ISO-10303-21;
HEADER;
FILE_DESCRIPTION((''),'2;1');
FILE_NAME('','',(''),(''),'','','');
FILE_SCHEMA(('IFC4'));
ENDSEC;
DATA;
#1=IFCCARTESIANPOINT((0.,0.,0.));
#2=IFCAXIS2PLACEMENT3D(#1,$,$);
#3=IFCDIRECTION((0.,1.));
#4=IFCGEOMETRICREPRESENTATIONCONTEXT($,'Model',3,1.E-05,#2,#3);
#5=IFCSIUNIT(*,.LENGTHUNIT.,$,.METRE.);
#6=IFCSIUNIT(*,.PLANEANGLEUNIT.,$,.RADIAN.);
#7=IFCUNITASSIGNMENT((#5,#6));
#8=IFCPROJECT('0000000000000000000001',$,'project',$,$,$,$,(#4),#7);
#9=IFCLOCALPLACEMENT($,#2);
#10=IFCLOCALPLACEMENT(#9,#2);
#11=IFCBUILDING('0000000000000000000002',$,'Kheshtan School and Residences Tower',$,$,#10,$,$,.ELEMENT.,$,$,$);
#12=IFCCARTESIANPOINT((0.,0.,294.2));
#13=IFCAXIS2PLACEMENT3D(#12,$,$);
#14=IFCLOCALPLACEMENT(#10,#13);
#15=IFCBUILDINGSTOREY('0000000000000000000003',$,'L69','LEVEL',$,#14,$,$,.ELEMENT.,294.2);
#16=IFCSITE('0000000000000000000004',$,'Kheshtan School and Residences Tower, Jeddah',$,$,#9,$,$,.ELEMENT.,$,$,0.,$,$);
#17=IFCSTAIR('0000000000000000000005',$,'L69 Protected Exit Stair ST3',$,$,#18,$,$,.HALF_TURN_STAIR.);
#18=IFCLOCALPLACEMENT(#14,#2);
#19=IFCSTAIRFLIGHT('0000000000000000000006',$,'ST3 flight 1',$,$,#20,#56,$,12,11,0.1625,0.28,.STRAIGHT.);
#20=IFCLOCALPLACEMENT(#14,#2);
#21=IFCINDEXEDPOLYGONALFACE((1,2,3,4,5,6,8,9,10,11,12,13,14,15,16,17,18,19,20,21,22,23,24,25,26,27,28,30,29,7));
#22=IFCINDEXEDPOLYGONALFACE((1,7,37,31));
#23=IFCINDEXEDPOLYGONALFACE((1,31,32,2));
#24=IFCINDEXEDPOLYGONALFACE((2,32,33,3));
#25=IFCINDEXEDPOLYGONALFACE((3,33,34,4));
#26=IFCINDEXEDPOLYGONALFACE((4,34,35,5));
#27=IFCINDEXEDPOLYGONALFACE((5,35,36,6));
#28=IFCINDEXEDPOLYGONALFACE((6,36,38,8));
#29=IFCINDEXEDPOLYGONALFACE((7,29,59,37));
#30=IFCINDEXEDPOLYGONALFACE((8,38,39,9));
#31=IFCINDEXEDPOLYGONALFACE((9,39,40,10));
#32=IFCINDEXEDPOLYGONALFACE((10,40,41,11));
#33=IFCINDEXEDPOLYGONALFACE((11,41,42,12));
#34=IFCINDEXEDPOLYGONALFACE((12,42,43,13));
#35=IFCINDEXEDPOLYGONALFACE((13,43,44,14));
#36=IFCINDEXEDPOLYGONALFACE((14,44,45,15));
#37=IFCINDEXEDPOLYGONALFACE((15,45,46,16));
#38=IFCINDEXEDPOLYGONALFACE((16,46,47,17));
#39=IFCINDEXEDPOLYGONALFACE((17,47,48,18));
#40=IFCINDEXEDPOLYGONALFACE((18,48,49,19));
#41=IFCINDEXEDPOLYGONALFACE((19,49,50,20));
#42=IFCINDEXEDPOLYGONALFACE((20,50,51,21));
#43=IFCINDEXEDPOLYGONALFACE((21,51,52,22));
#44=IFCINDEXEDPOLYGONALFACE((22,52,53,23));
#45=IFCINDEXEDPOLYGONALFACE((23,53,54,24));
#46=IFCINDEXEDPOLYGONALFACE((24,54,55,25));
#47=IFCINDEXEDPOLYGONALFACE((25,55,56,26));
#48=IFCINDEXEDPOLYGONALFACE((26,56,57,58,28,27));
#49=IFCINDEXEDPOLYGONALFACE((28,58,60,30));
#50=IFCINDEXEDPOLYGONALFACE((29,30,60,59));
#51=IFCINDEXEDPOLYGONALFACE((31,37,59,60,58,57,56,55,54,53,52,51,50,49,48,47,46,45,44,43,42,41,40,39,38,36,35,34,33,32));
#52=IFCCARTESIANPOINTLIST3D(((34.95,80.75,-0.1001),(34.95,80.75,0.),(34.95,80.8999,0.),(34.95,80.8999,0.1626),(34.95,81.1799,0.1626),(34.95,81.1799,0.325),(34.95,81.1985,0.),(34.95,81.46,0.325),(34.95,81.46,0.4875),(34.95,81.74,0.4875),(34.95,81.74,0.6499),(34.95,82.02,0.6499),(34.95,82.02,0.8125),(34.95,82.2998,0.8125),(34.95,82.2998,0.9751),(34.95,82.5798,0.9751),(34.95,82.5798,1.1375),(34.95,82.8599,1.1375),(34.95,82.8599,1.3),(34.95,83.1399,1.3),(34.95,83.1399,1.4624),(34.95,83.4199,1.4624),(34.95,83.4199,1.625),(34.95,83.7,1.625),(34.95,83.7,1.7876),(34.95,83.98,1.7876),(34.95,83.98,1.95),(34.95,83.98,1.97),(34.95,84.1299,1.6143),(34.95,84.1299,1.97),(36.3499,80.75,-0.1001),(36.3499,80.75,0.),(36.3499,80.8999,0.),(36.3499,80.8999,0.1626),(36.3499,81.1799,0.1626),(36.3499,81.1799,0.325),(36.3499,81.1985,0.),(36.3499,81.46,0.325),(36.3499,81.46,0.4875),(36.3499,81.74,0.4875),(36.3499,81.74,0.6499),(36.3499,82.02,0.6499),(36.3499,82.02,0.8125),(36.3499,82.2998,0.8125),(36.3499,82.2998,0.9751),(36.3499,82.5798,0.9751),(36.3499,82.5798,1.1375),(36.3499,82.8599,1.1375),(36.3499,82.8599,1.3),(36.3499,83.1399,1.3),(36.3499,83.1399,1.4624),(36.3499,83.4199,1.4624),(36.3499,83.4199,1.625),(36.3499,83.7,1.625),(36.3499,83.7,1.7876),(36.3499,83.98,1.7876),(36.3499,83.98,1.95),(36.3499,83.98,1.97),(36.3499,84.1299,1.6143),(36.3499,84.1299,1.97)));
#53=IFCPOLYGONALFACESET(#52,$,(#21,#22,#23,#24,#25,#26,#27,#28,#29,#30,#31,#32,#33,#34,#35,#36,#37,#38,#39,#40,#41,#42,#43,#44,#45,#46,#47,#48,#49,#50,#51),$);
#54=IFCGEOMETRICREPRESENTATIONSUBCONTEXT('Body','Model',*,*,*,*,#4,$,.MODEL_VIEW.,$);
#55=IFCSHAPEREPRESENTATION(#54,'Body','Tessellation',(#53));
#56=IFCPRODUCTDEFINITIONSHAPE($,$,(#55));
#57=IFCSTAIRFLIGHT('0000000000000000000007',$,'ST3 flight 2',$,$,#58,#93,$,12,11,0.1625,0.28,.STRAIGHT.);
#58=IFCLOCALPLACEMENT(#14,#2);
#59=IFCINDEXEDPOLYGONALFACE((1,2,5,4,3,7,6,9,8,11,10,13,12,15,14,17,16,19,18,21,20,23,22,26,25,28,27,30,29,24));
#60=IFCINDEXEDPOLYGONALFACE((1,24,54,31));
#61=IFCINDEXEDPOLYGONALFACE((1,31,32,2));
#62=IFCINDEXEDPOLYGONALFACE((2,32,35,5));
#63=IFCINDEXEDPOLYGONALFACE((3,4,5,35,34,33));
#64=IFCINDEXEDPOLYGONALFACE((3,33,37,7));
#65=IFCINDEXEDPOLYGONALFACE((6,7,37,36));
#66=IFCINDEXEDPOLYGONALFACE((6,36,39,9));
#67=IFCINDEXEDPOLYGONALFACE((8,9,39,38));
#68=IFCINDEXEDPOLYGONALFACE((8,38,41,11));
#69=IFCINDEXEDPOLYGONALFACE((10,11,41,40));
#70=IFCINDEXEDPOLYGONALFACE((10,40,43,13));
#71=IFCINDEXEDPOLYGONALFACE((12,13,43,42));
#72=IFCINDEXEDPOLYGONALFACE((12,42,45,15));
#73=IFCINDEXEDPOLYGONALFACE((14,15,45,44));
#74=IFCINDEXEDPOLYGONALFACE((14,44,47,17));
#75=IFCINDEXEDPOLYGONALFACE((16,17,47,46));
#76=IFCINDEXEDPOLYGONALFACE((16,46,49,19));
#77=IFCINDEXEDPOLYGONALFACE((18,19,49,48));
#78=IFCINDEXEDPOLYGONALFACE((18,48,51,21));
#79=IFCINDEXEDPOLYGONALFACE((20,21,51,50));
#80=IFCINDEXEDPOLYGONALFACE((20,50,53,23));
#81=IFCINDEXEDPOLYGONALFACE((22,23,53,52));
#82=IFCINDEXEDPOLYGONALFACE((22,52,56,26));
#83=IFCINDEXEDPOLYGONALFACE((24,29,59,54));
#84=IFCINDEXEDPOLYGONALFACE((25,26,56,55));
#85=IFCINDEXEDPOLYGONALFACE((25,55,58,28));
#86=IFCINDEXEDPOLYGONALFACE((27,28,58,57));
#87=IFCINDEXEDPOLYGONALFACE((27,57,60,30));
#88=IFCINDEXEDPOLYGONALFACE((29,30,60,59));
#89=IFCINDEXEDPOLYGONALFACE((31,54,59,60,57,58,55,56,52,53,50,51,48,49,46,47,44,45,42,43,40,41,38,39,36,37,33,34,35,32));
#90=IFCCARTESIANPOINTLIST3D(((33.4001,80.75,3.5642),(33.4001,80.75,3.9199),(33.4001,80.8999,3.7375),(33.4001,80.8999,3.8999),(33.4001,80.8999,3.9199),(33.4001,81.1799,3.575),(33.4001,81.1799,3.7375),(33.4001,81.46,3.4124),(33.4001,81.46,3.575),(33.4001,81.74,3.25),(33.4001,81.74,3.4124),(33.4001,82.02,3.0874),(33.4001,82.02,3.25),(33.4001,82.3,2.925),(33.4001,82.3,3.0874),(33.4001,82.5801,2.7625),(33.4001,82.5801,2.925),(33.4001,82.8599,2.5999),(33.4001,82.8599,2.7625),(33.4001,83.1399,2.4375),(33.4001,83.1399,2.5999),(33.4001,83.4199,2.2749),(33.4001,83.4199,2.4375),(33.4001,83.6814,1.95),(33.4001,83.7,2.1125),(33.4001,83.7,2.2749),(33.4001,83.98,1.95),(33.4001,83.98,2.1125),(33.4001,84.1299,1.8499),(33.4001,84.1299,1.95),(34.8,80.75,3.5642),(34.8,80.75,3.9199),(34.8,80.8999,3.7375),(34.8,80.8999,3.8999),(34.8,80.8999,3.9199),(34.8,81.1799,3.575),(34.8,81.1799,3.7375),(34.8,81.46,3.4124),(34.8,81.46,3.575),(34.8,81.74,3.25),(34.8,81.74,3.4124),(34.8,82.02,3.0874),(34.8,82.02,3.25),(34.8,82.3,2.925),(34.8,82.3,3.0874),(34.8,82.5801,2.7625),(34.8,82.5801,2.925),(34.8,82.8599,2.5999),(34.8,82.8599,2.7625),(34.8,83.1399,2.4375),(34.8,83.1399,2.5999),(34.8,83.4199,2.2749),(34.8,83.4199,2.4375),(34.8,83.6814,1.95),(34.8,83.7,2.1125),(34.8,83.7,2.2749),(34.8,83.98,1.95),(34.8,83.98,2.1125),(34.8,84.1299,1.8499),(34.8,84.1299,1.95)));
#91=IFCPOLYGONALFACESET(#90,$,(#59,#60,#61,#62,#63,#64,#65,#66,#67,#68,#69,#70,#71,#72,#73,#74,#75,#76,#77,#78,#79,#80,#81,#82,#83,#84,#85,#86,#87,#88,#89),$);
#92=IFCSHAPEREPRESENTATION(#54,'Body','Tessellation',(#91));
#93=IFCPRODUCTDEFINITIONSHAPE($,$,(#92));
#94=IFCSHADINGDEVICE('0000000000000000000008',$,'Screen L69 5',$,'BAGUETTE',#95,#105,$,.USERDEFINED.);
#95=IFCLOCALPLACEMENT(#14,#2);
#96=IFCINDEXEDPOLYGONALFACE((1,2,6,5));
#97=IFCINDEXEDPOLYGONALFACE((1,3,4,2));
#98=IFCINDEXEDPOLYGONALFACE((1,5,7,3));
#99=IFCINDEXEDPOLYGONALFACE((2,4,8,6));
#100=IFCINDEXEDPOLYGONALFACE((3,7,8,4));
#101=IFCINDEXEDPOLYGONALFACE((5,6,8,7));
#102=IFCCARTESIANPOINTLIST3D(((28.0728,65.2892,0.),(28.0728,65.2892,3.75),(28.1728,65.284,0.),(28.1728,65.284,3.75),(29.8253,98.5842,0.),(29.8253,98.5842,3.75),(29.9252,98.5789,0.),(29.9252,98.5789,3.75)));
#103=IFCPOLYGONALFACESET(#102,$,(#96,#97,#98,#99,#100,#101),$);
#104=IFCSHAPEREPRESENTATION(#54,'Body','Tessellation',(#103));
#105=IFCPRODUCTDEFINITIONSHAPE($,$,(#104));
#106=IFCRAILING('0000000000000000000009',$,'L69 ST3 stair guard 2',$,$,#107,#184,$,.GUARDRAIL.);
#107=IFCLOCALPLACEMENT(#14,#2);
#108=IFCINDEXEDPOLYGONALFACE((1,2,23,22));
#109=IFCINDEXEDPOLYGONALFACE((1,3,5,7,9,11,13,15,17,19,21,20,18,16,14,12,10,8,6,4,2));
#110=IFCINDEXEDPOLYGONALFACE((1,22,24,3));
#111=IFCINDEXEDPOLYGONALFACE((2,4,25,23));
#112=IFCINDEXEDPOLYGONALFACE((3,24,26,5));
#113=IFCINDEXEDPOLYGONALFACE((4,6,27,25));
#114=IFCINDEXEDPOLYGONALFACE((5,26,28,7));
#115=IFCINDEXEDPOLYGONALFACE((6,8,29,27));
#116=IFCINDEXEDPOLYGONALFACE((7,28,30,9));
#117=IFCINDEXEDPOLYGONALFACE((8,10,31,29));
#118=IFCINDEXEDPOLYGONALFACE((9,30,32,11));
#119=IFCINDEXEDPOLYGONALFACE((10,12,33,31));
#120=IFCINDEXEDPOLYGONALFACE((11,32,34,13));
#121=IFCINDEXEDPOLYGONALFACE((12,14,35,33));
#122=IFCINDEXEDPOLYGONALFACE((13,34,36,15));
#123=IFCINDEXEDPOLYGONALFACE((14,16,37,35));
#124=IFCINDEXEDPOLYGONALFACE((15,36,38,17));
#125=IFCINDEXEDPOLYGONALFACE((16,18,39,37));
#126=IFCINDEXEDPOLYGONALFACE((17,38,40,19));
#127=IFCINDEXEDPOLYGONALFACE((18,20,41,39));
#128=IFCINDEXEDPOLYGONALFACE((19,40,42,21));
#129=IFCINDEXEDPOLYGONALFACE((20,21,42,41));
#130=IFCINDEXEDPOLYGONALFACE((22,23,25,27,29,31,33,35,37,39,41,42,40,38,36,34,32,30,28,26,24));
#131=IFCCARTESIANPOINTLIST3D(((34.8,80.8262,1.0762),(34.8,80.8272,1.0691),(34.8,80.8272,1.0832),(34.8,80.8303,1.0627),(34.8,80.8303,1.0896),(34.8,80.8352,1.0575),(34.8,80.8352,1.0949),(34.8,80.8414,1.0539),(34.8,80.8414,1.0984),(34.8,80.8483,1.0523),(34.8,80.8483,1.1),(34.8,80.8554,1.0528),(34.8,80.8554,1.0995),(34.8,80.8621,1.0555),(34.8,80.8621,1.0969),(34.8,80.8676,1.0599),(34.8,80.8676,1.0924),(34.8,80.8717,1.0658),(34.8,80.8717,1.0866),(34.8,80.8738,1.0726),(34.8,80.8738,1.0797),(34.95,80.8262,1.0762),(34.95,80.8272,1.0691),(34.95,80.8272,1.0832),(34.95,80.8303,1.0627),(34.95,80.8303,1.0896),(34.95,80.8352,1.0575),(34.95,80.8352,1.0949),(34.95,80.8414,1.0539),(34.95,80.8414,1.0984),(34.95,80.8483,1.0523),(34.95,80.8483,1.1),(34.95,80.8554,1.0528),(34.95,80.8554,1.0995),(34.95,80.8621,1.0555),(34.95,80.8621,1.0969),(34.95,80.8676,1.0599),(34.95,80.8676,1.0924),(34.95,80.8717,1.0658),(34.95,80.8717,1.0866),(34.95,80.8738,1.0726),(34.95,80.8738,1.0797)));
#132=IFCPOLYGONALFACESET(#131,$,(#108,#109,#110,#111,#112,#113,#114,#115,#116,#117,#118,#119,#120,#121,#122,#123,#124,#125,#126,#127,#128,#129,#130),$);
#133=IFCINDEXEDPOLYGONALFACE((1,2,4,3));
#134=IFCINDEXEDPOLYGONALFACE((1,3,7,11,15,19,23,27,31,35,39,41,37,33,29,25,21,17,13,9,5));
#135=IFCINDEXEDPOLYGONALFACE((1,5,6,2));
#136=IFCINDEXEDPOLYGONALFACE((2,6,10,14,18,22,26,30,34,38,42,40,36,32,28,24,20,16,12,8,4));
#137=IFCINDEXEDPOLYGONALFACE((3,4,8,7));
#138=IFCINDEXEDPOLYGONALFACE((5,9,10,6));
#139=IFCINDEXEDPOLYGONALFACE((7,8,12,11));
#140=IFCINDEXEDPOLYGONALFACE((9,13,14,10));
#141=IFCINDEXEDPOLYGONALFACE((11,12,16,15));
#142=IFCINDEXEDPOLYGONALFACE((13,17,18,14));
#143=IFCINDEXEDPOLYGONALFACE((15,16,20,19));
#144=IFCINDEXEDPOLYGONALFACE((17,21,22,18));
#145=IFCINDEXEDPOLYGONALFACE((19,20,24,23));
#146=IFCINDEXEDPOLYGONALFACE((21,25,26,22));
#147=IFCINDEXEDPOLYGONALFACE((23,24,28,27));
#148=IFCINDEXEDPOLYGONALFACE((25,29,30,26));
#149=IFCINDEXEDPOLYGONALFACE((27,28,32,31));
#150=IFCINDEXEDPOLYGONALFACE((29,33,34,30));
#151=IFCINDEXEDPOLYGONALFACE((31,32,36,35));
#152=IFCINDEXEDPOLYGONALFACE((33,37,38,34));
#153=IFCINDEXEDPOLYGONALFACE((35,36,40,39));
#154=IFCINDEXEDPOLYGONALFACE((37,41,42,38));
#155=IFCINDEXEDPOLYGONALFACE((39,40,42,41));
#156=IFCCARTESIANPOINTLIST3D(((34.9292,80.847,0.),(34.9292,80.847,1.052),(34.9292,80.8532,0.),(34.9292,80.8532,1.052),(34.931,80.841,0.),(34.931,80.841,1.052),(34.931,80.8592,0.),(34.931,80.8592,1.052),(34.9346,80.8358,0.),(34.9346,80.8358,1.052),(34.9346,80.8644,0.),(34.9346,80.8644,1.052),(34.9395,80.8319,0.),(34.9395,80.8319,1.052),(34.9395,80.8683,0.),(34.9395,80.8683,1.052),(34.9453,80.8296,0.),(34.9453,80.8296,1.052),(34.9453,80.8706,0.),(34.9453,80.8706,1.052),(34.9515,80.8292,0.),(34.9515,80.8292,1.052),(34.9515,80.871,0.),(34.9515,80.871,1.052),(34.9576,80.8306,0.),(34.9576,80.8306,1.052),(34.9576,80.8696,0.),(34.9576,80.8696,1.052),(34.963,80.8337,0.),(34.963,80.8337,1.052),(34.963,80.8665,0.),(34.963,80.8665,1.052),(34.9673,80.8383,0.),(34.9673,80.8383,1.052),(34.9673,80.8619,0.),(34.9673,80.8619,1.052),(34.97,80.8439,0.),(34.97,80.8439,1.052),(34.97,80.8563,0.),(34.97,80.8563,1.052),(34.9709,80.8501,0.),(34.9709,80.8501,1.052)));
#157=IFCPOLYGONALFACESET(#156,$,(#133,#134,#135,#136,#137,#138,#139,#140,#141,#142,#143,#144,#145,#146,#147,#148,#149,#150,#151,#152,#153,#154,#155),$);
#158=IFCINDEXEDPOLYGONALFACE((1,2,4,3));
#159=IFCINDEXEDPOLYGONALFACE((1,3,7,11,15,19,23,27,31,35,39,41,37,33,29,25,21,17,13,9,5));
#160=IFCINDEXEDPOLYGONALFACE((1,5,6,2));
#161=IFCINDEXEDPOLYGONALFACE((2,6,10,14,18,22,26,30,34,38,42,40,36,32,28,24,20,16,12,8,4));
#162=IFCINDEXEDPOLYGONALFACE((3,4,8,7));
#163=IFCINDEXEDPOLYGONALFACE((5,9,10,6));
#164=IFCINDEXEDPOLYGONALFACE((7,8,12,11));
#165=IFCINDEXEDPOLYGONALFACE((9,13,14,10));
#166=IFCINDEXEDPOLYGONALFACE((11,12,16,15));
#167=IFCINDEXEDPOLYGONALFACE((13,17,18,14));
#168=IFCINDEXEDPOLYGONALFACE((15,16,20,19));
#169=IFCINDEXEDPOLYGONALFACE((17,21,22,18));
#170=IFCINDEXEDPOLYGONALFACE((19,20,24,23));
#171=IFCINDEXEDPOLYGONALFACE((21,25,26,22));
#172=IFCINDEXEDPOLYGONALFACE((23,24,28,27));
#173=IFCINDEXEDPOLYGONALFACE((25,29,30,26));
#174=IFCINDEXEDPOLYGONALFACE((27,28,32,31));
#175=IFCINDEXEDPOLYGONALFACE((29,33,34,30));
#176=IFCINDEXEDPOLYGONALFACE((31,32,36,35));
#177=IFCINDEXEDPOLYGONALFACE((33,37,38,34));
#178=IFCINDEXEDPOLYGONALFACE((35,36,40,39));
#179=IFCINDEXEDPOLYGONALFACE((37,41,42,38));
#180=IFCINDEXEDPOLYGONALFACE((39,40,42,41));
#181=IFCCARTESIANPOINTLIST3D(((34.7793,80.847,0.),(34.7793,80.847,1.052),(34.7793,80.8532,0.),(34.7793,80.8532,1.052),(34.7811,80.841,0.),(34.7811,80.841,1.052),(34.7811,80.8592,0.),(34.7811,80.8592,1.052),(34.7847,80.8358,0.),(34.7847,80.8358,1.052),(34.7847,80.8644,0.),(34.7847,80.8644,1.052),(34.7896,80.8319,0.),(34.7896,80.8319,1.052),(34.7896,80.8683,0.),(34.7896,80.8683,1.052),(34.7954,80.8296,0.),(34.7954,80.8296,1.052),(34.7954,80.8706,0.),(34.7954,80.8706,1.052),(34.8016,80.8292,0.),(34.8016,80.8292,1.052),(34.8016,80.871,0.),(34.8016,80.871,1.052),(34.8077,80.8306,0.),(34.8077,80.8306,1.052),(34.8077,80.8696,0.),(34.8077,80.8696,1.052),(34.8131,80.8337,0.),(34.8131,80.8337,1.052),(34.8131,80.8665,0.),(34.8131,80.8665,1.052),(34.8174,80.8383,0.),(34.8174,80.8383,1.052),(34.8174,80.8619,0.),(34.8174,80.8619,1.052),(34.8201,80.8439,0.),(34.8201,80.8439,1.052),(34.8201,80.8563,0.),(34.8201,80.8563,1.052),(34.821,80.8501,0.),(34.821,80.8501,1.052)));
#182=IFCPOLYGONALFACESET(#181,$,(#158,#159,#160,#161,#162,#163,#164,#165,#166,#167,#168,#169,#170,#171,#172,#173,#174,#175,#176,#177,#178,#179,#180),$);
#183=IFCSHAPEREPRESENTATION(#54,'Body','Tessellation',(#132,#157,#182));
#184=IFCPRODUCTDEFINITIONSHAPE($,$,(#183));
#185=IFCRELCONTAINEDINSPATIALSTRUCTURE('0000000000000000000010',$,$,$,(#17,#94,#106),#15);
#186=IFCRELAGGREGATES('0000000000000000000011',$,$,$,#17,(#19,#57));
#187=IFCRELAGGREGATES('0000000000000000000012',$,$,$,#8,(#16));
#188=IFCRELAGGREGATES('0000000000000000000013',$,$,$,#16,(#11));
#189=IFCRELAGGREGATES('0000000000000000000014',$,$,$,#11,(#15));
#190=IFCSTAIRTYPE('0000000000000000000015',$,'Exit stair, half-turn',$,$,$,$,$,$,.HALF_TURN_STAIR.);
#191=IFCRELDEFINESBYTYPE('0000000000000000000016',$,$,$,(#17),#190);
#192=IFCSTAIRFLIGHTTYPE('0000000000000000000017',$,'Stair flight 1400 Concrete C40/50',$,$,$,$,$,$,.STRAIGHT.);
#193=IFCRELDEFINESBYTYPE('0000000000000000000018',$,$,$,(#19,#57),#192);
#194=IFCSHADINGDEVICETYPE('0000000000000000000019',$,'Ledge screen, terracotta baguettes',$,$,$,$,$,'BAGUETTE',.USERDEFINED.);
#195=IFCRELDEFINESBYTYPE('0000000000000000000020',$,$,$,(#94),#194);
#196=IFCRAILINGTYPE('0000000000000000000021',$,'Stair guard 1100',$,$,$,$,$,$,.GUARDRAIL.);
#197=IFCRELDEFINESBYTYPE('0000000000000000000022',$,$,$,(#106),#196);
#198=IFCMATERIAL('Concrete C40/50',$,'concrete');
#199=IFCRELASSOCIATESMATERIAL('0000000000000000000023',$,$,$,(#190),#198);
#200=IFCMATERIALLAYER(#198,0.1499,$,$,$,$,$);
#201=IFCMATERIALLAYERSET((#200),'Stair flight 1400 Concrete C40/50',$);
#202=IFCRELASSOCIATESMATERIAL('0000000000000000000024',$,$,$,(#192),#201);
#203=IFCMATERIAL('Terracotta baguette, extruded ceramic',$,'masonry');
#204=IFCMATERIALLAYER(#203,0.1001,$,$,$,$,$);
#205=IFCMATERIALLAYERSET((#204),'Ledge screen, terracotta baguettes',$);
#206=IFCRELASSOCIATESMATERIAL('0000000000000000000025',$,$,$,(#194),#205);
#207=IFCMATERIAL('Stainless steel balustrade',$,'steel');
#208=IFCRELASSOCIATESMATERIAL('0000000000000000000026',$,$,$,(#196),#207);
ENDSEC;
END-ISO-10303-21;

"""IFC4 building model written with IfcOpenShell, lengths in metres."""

from ifc_helpers import new_model, si_unit, direction, frame, origin, origin_2d, place, context, subcontext, project, spatial, polyline, rectangle, circle, outline, extrude, material, layer, layer_set, type_object, element, aggregate, save


model = new_model("IFC4")

# Units and contexts
model_context = context("Model", 3, precision=1e-05, world=origin(), true_north=direction((0.0, 1.0)))
body_context = subcontext(model_context, "Body", "Model", "MODEL_VIEW")
ifc_project = project(units=[si_unit("LENGTHUNIT", "METRE"), si_unit("PLANEANGLEUNIT", "RADIAN")], contexts=[model_context])

# Site, building, storey
site_placement = place(None, origin())
site = spatial("IfcSite", under=ifc_project, at=site_placement, Name="Kheshtan School and Residences Tower, Jeddah", CompositionType="ELEMENT", RefElevation=0.0)
building_placement = place(site_placement, origin())
building = spatial("IfcBuilding", under=site, at=building_placement, Name="Kheshtan School and Residences Tower", CompositionType="ELEMENT")
storey_placement = place(building_placement, frame((0.0, 0.0, 294.2)))
storey = spatial("IfcBuildingStorey", under=building, at=storey_placement, Name="L69", Description="LEVEL", CompositionType="ELEMENT", Elevation=294.2)

# Shared definitions
ifc_material_1 = material(Name="Concrete C40/50", Category="concrete")

# Stair, stair flights
stair_type = type_object("IfcStairType", Name="Exit stair, half-turn", PredefinedType="HALF_TURN_STAIR", material=ifc_material_1)
stair_placement = place(storey_placement, origin())
stair = element("IfcStair", 1, at=stair_placement, inside=storey, type_object=stair_type, Name="L69 Protected Exit Stair ST3", PredefinedType="HALF_TURN_STAIR")
ifc_layer_1 = layer(ifc_material_1, 0.1499)
ifc_layer_set_1 = layer_set([ifc_layer_1], Name="Stair flight 1400 Concrete C40/50")
stair_flight_type = type_object("IfcStairFlightType", Name="Stair flight 1400 Concrete C40/50", PredefinedType="STRAIGHT", material=ifc_layer_set_1)
stair_flight_1_placement = place(storey_placement, frame((35.6499, 80.8999, 0.0), z_axis=(0.0, 0.0, 1.0), x_axis=(0.0, 1.0, 0.0)))
stair_flight_1 = element("IfcStairFlight", 2, at=stair_flight_1_placement, type_object=stair_flight_type, Name="ST3 flight 1", NumberOfRisers=12, NumberOfTreads=11, PredefinedType="STRAIGHT", RiserHeight=0.1625, TreadLength=0.28, context=body_context, shape_type="SweptSolid", body=[
    extrude(outline(polyline([(-0.1499, -0.1001), (-0.1499, 0.0), (0.0, 0.0), (0.0, 0.1626), (0.28, 0.1626), (0.28, 0.325), (0.5601, 0.325), (0.5601, 0.4875), (0.8401, 0.4875), (0.8401, 0.6499), (1.1201, 0.6499), (1.1201, 0.8125), (1.3999, 0.8125), (1.3999, 0.9751), (1.6799, 0.9751), (1.6799, 1.1375), (1.96, 1.1375), (1.96, 1.3), (2.24, 1.3), (2.24, 1.4624), (2.52, 1.4624), (2.52, 1.625), (2.8, 1.625), (2.8, 1.7876), (3.0801, 1.7876), (3.0801, 1.95), (3.0801, 1.97), (3.23, 1.97), (3.23, 1.6143), (0.2986, 0.0), (-0.1499, -0.1001)])), frame((0.0, 0.7, 0.0), z_axis=(0.0, -1.0, 0.0), x_axis=(1.0, 0.0, 0.0)), (0.0, 0.0, 1.0), 1.3999),
])
stair_flight_2_placement = place(storey_placement, frame((34.1001, 83.98, 1.95), z_axis=(0.0, 0.0, 1.0), x_axis=(0.0, -1.0, 0.0)))
stair_flight_2 = element("IfcStairFlight", 3, at=stair_flight_2_placement, type_object=stair_flight_type, Name="ST3 flight 2", NumberOfRisers=12, NumberOfTreads=11, PredefinedType="STRAIGHT", RiserHeight=0.1625, TreadLength=0.28, context=body_context, shape_type="SweptSolid", body=[
    extrude(outline(polyline([(-0.1499, -0.1001), (-0.1499, 0.0), (0.0, 0.0), (0.0, 0.1626), (0.28, 0.1626), (0.28, 0.325), (0.5601, 0.325), (0.5601, 0.4875), (0.8401, 0.4875), (0.8401, 0.6499), (1.1201, 0.6499), (1.1201, 0.8125), (1.3999, 0.8125), (1.3999, 0.9751), (1.6799, 0.9751), (1.6799, 1.1375), (1.96, 1.1375), (1.96, 1.3), (2.24, 1.3), (2.24, 1.4624), (2.52, 1.4624), (2.52, 1.625), (2.8, 1.625), (2.8, 1.7876), (3.0801, 1.7876), (3.0801, 1.95), (3.0801, 1.97), (3.23, 1.97), (3.23, 1.6143), (0.2986, 0.0), (-0.1499, -0.1001)])), frame((0.0, 0.7, 0.0), z_axis=(0.0, -1.0, 0.0), x_axis=(1.0, 0.0, 0.0)), (0.0, 0.0, 1.0), 1.3999),
])
aggregate(stair, [stair_flight_1, stair_flight_2])

# Shading device
ifc_material_2 = material(Name="Terracotta baguette, extruded ceramic", Category="masonry")
ifc_layer_2 = layer(ifc_material_2, 0.1001)
ifc_layer_set_2 = layer_set([ifc_layer_2], Name="Ledge screen, terracotta baguettes")
shading_device_type = type_object("IfcShadingDeviceType", Name="Ledge screen, terracotta baguettes", ElementType="BAGUETTE", PredefinedType="USERDEFINED", material=ifc_layer_set_2)
shading_device_placement = place(storey_placement, frame((28.999, 81.9341, 0.0), z_axis=(0.0, 0.0, 1.0), x_axis=(0.052563, 0.998618, 0.0)))
element("IfcShadingDevice", 4, at=shading_device_placement, inside=storey, type_object=shading_device_type, Name="Screen L69 5", ObjectType="BAGUETTE", PredefinedType="USERDEFINED", context=body_context, shape_type="SweptSolid", body=[
    extrude(rectangle(XDim=33.3411, YDim=0.1001, at=origin_2d()), origin(), (0.0, 0.0, 1.0), 3.75),
])

# Railing
ifc_material_3 = material(Name="Stainless steel balustrade", Category="steel")
railing_type_1 = type_object("IfcRailingType", Name="Stair guard 1100", PredefinedType="GUARDRAIL", material=ifc_material_3)
railing_1_placement = place(storey_placement, frame((34.95, 80.8501, 0.0)))
element("IfcRailing", 5, at=railing_1_placement, inside=storey, type_object=railing_type_1, Name="L69 ST3 stair guard 2", PredefinedType="GUARDRAIL", context=body_context, shape_type="SweptSolid", body=[
    extrude(circle(Radius=0.0239, at=origin_2d()), frame((0.0, 0.0, 1.0762), z_axis=(-1.0, 0.0, 0.0), x_axis=(0.0, -1.0, 0.0)), (0.0, 0.0, 1.0), 0.1499),
    extrude(circle(Radius=0.021, at=origin_2d()), origin(), (0.0, 0.0, 1.0), 1.052),
    extrude(circle(Radius=0.021, at=origin_2d()), frame((-0.1499, 0.0, 0.0)), (0.0, 0.0, 1.0), 1.052),
])

save(model, "model.ifc")
